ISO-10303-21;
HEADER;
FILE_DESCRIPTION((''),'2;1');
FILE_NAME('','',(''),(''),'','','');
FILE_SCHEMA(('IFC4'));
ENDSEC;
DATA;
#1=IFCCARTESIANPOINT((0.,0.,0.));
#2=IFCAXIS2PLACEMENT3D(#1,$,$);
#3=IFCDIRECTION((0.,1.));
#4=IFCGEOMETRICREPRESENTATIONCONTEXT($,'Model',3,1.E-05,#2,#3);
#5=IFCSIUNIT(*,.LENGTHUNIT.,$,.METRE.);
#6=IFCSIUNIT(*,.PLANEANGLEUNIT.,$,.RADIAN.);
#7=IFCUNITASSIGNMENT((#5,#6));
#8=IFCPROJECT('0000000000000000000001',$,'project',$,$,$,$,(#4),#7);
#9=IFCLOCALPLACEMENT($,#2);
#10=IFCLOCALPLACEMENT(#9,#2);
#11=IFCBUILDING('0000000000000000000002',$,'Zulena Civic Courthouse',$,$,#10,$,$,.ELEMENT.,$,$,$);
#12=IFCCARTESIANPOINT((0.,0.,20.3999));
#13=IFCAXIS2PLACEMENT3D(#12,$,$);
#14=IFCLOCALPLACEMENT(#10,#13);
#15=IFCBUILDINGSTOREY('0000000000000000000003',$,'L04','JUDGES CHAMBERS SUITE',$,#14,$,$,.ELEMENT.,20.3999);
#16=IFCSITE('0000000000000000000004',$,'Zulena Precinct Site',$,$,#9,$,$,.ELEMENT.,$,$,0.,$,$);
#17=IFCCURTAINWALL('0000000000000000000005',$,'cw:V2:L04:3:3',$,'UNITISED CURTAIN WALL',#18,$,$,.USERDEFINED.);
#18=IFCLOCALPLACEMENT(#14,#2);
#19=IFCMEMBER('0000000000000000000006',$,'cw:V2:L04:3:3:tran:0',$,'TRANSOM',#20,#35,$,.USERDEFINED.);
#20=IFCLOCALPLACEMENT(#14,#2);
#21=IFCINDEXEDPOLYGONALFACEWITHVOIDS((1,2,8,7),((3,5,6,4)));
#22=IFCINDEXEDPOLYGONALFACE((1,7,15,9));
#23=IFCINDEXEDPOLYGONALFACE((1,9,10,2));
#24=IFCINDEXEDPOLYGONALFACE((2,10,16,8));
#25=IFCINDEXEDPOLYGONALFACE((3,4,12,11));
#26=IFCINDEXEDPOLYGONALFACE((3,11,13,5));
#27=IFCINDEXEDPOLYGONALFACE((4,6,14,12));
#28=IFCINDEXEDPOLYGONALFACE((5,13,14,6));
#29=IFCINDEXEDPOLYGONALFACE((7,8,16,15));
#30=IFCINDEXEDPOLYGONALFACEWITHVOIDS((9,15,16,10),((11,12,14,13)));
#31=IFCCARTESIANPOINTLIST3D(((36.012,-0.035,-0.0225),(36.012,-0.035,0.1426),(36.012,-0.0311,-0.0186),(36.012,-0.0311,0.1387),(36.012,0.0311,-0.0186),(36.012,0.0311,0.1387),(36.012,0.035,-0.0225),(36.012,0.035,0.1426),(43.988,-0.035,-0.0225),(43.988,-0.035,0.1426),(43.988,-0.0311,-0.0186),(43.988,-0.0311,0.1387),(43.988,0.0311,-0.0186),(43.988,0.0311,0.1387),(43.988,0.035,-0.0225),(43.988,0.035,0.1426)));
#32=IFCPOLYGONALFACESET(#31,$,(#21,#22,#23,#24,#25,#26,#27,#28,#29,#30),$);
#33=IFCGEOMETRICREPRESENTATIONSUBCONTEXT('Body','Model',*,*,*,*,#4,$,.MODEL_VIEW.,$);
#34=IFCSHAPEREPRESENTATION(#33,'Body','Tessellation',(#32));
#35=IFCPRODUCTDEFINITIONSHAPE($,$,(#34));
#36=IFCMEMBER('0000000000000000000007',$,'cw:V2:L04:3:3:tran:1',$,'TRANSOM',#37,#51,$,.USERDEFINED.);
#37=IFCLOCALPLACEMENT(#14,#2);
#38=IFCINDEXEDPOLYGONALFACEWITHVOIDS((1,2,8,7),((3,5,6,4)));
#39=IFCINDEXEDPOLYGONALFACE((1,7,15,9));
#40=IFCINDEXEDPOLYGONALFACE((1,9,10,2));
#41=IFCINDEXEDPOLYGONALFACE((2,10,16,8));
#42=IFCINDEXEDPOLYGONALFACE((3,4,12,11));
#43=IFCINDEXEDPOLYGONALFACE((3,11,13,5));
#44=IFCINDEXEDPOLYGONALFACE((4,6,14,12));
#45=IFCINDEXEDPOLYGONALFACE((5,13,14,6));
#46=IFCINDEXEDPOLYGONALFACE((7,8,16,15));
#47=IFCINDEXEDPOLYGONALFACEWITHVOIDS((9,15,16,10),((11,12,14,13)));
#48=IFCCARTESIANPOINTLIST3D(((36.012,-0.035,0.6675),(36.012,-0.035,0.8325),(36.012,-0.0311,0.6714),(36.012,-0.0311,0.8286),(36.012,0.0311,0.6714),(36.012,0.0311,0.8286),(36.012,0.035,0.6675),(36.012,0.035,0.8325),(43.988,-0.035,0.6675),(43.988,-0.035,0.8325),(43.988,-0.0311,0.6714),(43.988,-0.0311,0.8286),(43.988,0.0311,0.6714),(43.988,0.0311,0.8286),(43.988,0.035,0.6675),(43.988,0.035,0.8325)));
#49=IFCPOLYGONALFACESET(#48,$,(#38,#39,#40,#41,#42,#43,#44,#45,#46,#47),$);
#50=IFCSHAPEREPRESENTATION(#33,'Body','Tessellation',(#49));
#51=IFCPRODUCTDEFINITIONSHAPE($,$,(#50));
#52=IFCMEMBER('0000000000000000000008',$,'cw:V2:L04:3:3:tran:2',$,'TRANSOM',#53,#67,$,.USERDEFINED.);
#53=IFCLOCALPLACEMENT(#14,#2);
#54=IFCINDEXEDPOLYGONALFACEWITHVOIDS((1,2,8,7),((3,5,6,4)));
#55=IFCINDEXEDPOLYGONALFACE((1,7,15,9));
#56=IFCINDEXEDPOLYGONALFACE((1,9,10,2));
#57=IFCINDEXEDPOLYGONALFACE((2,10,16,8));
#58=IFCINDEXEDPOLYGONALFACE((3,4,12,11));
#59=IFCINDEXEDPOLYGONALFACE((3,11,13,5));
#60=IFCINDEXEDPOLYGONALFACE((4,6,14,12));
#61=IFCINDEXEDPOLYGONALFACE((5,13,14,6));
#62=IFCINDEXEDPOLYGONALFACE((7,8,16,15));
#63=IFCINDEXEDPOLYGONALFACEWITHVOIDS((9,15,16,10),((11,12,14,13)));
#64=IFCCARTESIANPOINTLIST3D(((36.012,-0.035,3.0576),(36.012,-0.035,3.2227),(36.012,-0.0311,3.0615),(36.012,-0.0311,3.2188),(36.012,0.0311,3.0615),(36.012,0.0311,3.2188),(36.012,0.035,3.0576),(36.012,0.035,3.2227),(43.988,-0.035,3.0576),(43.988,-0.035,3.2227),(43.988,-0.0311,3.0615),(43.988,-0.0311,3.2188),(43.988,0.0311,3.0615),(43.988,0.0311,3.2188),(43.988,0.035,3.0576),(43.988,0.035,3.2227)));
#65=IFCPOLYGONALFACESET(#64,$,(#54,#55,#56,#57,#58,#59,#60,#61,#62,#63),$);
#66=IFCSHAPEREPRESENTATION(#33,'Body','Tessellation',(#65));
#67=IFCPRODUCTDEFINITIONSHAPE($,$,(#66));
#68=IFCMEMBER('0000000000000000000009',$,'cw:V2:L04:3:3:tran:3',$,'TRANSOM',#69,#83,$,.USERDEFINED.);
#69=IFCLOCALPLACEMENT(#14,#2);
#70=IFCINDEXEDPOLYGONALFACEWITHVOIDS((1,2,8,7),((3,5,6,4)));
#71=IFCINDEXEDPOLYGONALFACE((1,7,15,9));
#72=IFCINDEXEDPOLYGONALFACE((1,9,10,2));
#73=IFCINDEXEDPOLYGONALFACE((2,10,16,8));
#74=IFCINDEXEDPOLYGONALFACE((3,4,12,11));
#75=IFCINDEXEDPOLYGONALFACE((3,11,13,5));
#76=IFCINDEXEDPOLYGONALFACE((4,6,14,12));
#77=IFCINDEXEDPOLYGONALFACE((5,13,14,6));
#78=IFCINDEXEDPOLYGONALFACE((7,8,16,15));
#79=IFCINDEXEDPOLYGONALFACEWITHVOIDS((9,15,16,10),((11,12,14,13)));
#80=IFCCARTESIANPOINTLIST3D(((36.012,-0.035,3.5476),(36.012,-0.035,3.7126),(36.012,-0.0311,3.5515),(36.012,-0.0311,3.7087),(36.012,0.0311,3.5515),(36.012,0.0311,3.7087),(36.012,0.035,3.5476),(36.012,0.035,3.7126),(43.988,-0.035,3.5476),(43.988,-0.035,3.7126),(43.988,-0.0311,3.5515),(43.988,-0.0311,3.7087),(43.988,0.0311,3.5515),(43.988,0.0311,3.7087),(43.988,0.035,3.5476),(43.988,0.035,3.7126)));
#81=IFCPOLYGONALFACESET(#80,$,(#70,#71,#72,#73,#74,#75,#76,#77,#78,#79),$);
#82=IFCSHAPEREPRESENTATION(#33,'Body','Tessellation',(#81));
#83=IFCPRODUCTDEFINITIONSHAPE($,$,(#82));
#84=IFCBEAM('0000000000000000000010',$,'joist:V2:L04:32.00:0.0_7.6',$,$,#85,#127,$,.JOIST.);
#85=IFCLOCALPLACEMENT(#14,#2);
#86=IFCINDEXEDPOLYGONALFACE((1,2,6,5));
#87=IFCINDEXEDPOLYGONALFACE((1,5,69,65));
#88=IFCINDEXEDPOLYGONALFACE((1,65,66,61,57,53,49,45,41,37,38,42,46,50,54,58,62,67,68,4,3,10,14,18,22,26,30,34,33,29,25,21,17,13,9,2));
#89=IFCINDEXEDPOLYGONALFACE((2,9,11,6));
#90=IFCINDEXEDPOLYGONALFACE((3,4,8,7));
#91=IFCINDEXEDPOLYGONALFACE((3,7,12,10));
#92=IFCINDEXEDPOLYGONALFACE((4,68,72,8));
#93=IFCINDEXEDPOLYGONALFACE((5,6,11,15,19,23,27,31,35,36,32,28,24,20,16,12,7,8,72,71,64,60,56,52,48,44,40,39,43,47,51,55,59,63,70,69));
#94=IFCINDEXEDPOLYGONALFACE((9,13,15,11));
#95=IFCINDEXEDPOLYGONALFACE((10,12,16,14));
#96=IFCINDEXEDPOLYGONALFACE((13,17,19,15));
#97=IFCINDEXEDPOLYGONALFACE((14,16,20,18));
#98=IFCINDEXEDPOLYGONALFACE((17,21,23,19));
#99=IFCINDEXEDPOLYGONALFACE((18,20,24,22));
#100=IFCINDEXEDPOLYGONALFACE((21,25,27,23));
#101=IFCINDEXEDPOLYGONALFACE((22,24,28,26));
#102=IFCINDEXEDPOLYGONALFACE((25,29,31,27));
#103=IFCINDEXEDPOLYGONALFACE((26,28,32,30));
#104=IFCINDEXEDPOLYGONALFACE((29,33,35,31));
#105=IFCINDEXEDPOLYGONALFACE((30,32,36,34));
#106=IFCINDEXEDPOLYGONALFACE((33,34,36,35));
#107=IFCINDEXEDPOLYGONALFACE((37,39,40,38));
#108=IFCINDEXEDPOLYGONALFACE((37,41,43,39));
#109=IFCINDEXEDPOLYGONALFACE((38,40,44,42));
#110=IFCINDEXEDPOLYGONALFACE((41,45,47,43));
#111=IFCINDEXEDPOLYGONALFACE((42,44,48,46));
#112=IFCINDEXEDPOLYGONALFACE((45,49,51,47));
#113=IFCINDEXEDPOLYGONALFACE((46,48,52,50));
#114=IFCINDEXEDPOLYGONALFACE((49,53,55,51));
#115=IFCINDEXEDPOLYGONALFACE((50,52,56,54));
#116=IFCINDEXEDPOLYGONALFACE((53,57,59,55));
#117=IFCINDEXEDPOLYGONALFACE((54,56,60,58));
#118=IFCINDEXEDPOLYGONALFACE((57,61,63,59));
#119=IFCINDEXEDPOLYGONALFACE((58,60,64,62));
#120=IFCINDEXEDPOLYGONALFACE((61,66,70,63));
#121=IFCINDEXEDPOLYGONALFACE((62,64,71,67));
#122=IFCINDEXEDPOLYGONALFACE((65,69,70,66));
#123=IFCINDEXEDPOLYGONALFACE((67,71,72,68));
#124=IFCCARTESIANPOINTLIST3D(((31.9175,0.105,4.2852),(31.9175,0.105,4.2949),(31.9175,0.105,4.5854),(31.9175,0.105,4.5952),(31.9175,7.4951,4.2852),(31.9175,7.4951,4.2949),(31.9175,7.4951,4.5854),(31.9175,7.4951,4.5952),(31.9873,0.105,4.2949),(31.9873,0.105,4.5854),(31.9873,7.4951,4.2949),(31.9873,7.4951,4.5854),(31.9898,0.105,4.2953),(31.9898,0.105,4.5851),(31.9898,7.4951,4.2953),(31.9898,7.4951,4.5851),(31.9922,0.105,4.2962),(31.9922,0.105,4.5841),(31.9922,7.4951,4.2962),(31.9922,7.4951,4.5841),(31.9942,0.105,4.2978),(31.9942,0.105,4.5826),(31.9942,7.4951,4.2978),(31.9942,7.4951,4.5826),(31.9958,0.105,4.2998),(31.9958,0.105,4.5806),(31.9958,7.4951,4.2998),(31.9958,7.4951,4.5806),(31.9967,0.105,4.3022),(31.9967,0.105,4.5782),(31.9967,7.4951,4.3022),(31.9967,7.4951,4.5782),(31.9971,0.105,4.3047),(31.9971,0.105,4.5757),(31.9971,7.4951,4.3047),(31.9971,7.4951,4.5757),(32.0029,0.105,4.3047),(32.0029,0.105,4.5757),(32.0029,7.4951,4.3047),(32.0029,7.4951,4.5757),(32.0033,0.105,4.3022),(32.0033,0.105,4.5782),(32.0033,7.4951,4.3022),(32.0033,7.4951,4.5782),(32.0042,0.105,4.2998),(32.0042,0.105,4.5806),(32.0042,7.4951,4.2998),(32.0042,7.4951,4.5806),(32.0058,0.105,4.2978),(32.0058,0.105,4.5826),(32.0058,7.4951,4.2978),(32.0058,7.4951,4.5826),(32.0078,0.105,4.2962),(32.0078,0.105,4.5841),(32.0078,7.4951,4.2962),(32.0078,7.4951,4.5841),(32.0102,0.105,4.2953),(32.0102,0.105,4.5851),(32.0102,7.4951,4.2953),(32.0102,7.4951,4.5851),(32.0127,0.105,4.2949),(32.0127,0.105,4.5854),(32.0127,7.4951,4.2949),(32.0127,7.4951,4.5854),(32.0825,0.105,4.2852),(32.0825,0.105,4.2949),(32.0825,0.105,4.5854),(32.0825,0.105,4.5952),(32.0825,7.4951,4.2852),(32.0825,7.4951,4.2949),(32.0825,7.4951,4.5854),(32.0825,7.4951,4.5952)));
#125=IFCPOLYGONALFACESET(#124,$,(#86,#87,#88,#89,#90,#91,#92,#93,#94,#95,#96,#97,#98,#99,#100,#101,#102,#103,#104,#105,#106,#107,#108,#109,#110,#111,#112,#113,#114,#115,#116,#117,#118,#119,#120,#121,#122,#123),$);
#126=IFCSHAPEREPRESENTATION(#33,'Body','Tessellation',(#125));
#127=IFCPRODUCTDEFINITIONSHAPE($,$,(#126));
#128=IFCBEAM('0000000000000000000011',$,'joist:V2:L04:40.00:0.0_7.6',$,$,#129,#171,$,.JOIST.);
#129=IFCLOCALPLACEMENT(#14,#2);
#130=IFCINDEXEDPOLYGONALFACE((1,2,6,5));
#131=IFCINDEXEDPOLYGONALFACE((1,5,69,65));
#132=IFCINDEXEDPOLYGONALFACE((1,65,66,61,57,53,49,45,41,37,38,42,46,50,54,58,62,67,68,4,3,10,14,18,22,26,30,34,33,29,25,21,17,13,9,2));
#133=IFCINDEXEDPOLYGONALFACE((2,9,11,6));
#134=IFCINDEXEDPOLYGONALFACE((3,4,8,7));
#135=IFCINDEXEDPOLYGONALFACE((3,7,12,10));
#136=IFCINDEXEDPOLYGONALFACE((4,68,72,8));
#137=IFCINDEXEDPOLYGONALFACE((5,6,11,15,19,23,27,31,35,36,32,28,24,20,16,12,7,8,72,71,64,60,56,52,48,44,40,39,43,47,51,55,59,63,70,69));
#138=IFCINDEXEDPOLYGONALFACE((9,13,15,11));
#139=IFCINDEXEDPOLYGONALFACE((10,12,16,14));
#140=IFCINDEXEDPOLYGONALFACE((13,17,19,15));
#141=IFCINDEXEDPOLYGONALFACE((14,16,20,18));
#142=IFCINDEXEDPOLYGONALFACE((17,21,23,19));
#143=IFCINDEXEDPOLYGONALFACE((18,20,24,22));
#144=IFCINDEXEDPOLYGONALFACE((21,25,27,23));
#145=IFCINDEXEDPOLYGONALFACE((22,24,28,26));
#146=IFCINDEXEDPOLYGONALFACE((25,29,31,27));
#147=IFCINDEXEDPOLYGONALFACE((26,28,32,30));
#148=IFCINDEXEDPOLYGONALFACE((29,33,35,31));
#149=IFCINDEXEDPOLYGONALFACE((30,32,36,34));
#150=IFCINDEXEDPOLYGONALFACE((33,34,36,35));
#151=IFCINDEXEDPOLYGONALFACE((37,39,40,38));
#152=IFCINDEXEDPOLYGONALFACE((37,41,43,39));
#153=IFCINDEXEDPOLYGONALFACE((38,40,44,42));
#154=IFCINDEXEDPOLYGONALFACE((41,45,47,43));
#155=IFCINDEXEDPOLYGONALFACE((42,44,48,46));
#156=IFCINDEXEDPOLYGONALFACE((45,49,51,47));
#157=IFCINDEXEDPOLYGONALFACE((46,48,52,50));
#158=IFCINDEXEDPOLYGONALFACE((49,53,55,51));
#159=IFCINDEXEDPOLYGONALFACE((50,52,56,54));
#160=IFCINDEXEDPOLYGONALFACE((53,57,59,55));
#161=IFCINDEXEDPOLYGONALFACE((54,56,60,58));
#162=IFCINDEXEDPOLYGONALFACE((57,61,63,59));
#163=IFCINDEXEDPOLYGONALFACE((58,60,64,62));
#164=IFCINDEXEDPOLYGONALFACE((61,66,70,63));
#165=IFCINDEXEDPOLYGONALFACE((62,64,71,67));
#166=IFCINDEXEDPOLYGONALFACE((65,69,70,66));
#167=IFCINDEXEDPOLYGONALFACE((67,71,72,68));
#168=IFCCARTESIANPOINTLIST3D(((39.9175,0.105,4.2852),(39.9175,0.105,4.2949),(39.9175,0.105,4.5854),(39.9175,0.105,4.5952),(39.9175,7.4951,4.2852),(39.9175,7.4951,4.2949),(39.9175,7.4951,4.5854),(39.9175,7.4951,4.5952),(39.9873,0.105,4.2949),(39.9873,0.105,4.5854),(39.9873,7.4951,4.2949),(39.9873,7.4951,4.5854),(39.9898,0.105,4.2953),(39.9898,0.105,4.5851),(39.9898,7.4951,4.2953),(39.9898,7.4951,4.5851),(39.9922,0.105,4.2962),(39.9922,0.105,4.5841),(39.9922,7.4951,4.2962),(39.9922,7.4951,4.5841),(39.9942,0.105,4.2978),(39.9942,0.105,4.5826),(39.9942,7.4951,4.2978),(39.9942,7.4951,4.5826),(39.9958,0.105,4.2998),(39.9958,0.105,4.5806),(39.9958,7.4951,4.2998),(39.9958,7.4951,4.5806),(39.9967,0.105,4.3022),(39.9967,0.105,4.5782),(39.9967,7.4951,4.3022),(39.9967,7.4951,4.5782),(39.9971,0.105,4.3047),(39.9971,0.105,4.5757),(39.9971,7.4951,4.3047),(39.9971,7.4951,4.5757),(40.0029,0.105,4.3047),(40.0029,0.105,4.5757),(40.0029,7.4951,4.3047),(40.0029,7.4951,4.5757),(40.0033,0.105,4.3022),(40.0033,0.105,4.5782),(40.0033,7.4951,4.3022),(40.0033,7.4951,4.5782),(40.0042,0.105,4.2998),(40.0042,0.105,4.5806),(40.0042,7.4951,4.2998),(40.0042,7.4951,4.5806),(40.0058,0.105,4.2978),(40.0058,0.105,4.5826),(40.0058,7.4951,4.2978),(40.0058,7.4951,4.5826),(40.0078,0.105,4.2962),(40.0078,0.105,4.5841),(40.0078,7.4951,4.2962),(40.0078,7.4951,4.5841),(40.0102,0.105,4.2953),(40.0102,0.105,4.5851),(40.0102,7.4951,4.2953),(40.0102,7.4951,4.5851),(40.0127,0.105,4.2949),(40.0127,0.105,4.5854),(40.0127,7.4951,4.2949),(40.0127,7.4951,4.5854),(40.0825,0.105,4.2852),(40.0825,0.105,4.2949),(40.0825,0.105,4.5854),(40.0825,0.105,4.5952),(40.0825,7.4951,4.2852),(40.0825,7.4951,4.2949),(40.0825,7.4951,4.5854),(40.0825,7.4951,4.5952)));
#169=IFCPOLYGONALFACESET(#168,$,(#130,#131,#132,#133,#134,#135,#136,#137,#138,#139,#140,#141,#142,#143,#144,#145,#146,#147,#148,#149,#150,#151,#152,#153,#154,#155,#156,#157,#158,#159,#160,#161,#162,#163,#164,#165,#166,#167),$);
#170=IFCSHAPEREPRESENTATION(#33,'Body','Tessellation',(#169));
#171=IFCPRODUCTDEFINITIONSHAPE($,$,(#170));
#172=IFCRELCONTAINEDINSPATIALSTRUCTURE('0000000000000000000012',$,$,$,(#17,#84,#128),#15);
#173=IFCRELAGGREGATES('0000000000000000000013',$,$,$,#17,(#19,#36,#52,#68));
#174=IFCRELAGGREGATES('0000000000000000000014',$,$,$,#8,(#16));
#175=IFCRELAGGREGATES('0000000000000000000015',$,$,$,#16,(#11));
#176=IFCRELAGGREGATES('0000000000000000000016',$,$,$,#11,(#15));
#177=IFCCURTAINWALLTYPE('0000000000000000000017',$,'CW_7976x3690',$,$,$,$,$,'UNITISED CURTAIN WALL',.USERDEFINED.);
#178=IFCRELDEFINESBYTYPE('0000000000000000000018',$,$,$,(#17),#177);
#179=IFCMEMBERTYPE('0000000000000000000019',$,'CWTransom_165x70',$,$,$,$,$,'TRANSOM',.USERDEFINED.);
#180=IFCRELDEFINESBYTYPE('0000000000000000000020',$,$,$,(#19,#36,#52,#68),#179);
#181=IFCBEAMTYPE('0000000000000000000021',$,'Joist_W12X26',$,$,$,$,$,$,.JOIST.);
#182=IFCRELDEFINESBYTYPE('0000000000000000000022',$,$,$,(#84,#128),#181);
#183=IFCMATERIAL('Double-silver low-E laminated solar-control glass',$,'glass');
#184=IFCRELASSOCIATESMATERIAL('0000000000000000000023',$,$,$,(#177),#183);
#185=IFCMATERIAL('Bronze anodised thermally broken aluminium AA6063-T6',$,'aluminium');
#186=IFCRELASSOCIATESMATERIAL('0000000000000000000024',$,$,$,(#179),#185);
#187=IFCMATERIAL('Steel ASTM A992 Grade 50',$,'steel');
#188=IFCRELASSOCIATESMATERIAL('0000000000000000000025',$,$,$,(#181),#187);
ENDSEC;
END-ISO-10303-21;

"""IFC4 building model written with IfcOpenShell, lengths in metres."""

from ifc_helpers import new_model, si_unit, direction, frame, origin, origin_2d, place, context, subcontext, project, spatial, hollow_rectangle, i_section, extrude, material, material_profile, profile_set, type_object, element, aggregate, save


model = new_model("IFC4")

# Units and contexts
model_context = context("Model", 3, precision=1e-05, world=origin(), true_north=direction((0.0, 1.0)))
body_context = subcontext(model_context, "Body", "Model", "MODEL_VIEW")
ifc_project = project(units=[si_unit("LENGTHUNIT", "METRE"), si_unit("PLANEANGLEUNIT", "RADIAN")], contexts=[model_context])

# Site, building, storey
site_placement = place(None, origin())
site = spatial("IfcSite", under=ifc_project, at=site_placement, Name="Zulena Precinct Site", CompositionType="ELEMENT", RefElevation=0.0)
building_placement = place(site_placement, origin())
building = spatial("IfcBuilding", under=site, at=building_placement, Name="Zulena Civic Courthouse", CompositionType="ELEMENT")
storey_placement = place(building_placement, frame((0.0, 0.0, 20.3999)))
storey = spatial("IfcBuildingStorey", under=building, at=storey_placement, Name="L04", Description="JUDGES CHAMBERS SUITE", CompositionType="ELEMENT", Elevation=20.3999)

# Shared definitions
ifc_material_1 = material(Name="Steel ASTM A992 Grade 50", Category="steel")

# Curtain wall, members
ifc_material_2 = material(Name="Double-silver low-E laminated solar-control glass", Category="glass")
curtain_wall_type = type_object("IfcCurtainWallType", Name="CW_7976x3690", ElementType="UNITISED CURTAIN WALL", PredefinedType="USERDEFINED", material=ifc_material_2)
curtain_wall_placement = place(storey_placement, origin())
curtain_wall = element("IfcCurtainWall", 1, at=curtain_wall_placement, inside=storey, type_object=curtain_wall_type, Name="cw:V2:L04:3:3", ObjectType="UNITISED CURTAIN WALL", PredefinedType="USERDEFINED")
ifc_material_3 = material(Name="Bronze anodised thermally broken aluminium AA6063-T6", Category="aluminium")
ifc_material_profile_1 = material_profile(ifc_material_3, hollow_rectangle(XDim=0.0701, YDim=0.165, WallThickness=0.0039, at=origin_2d()), Name="CWT165X70X4")
ifc_profile_set_1 = profile_set([ifc_material_profile_1], Name="Bronze anodised thermally broken aluminium AA6063-T6")
member_type_1 = type_object("IfcMemberType", Name="CWTransom_165x70", ElementType="TRANSOM", PredefinedType="USERDEFINED", material=ifc_profile_set_1)
member_1_placement = place(storey_placement, frame((43.988, 0.0, 0.0601), z_axis=(-1.0, 0.0, 0.0), x_axis=(0.0, -1.0, 0.0)))
member_1 = element("IfcMember", 2, at=member_1_placement, type_object=member_type_1, Name="cw:V2:L04:3:3:tran:0", ObjectType="TRANSOM", PredefinedType="USERDEFINED", context=body_context, shape_type="SweptSolid", body=[
    extrude(hollow_rectangle(XDim=0.0701, YDim=0.165, WallThickness=0.0039, at=origin_2d()), origin(), (0.0, 0.0, 1.0), 7.9761),
])
member_2_placement = place(storey_placement, frame((43.988, 0.0, 0.75), z_axis=(-1.0, 0.0, 0.0), x_axis=(0.0, -1.0, 0.0)))
member_2 = element("IfcMember", 3, at=member_2_placement, type_object=member_type_1, Name="cw:V2:L04:3:3:tran:1", ObjectType="TRANSOM", PredefinedType="USERDEFINED", context=body_context, shape_type="SweptSolid", body=[
    extrude(hollow_rectangle(XDim=0.0701, YDim=0.165, WallThickness=0.0039, at=origin_2d()), origin(), (0.0, 0.0, 1.0), 7.9761),
])
member_3_placement = place(storey_placement, frame((43.988, 0.0, 3.1401), z_axis=(-1.0, 0.0, 0.0), x_axis=(0.0, -1.0, 0.0)))
member_3 = element("IfcMember", 4, at=member_3_placement, type_object=member_type_1, Name="cw:V2:L04:3:3:tran:2", ObjectType="TRANSOM", PredefinedType="USERDEFINED", context=body_context, shape_type="SweptSolid", body=[
    extrude(hollow_rectangle(XDim=0.0701, YDim=0.165, WallThickness=0.0039, at=origin_2d()), origin(), (0.0, 0.0, 1.0), 7.9761),
])
member_4_placement = place(storey_placement, frame((43.988, 0.0, 3.6301), z_axis=(-1.0, 0.0, 0.0), x_axis=(0.0, -1.0, 0.0)))
member_4 = element("IfcMember", 5, at=member_4_placement, type_object=member_type_1, Name="cw:V2:L04:3:3:tran:3", ObjectType="TRANSOM", PredefinedType="USERDEFINED", context=body_context, shape_type="SweptSolid", body=[
    extrude(hollow_rectangle(XDim=0.0701, YDim=0.165, WallThickness=0.0039, at=origin_2d()), origin(), (0.0, 0.0, 1.0), 7.9761),
])

# Beams
ifc_material_profile_2 = material_profile(ifc_material_1, i_section(OverallWidth=0.165, OverallDepth=0.3101, WebThickness=0.0059, FlangeThickness=0.0098, FilletRadius=0.0098, at=origin_2d()), Name="W12X26")
ifc_profile_set_2 = profile_set([ifc_material_profile_2], Name="Steel ASTM A992 Grade 50")
beam_type_1 = type_object("IfcBeamType", Name="Joist_W12X26", PredefinedType="JOIST", material=ifc_profile_set_2)
for number, where, z_axis, x_axis, name in (
    (6, (32.0, 0.105, 4.4402), (0.0, 1.0, 0.0), (-1.0, 0.0, 0.0), "joist:V2:L04:32.00:0.0_7.6"),
    (7, (40.0, 0.105, 4.4402), (0.0, 1.0, 0.0), (-1.0, 0.0, 0.0), "joist:V2:L04:40.00:0.0_7.6"),
):
    element("IfcBeam", number, at=place(storey_placement, frame(where, z_axis=z_axis, x_axis=x_axis)), inside=storey, type_object=beam_type_1, Name=name, PredefinedType="JOIST", context=body_context, shape_type="SweptSolid", body=[
        extrude(i_section(OverallWidth=0.165, OverallDepth=0.3101, WebThickness=0.0059, FlangeThickness=0.0098, FilletRadius=0.0098, at=origin_2d()), origin(), (0.0, 0.0, 1.0), 7.3901),
    ])

aggregate(curtain_wall, [member_1, member_2, member_3, member_4])

save(model, "model.ifc")
